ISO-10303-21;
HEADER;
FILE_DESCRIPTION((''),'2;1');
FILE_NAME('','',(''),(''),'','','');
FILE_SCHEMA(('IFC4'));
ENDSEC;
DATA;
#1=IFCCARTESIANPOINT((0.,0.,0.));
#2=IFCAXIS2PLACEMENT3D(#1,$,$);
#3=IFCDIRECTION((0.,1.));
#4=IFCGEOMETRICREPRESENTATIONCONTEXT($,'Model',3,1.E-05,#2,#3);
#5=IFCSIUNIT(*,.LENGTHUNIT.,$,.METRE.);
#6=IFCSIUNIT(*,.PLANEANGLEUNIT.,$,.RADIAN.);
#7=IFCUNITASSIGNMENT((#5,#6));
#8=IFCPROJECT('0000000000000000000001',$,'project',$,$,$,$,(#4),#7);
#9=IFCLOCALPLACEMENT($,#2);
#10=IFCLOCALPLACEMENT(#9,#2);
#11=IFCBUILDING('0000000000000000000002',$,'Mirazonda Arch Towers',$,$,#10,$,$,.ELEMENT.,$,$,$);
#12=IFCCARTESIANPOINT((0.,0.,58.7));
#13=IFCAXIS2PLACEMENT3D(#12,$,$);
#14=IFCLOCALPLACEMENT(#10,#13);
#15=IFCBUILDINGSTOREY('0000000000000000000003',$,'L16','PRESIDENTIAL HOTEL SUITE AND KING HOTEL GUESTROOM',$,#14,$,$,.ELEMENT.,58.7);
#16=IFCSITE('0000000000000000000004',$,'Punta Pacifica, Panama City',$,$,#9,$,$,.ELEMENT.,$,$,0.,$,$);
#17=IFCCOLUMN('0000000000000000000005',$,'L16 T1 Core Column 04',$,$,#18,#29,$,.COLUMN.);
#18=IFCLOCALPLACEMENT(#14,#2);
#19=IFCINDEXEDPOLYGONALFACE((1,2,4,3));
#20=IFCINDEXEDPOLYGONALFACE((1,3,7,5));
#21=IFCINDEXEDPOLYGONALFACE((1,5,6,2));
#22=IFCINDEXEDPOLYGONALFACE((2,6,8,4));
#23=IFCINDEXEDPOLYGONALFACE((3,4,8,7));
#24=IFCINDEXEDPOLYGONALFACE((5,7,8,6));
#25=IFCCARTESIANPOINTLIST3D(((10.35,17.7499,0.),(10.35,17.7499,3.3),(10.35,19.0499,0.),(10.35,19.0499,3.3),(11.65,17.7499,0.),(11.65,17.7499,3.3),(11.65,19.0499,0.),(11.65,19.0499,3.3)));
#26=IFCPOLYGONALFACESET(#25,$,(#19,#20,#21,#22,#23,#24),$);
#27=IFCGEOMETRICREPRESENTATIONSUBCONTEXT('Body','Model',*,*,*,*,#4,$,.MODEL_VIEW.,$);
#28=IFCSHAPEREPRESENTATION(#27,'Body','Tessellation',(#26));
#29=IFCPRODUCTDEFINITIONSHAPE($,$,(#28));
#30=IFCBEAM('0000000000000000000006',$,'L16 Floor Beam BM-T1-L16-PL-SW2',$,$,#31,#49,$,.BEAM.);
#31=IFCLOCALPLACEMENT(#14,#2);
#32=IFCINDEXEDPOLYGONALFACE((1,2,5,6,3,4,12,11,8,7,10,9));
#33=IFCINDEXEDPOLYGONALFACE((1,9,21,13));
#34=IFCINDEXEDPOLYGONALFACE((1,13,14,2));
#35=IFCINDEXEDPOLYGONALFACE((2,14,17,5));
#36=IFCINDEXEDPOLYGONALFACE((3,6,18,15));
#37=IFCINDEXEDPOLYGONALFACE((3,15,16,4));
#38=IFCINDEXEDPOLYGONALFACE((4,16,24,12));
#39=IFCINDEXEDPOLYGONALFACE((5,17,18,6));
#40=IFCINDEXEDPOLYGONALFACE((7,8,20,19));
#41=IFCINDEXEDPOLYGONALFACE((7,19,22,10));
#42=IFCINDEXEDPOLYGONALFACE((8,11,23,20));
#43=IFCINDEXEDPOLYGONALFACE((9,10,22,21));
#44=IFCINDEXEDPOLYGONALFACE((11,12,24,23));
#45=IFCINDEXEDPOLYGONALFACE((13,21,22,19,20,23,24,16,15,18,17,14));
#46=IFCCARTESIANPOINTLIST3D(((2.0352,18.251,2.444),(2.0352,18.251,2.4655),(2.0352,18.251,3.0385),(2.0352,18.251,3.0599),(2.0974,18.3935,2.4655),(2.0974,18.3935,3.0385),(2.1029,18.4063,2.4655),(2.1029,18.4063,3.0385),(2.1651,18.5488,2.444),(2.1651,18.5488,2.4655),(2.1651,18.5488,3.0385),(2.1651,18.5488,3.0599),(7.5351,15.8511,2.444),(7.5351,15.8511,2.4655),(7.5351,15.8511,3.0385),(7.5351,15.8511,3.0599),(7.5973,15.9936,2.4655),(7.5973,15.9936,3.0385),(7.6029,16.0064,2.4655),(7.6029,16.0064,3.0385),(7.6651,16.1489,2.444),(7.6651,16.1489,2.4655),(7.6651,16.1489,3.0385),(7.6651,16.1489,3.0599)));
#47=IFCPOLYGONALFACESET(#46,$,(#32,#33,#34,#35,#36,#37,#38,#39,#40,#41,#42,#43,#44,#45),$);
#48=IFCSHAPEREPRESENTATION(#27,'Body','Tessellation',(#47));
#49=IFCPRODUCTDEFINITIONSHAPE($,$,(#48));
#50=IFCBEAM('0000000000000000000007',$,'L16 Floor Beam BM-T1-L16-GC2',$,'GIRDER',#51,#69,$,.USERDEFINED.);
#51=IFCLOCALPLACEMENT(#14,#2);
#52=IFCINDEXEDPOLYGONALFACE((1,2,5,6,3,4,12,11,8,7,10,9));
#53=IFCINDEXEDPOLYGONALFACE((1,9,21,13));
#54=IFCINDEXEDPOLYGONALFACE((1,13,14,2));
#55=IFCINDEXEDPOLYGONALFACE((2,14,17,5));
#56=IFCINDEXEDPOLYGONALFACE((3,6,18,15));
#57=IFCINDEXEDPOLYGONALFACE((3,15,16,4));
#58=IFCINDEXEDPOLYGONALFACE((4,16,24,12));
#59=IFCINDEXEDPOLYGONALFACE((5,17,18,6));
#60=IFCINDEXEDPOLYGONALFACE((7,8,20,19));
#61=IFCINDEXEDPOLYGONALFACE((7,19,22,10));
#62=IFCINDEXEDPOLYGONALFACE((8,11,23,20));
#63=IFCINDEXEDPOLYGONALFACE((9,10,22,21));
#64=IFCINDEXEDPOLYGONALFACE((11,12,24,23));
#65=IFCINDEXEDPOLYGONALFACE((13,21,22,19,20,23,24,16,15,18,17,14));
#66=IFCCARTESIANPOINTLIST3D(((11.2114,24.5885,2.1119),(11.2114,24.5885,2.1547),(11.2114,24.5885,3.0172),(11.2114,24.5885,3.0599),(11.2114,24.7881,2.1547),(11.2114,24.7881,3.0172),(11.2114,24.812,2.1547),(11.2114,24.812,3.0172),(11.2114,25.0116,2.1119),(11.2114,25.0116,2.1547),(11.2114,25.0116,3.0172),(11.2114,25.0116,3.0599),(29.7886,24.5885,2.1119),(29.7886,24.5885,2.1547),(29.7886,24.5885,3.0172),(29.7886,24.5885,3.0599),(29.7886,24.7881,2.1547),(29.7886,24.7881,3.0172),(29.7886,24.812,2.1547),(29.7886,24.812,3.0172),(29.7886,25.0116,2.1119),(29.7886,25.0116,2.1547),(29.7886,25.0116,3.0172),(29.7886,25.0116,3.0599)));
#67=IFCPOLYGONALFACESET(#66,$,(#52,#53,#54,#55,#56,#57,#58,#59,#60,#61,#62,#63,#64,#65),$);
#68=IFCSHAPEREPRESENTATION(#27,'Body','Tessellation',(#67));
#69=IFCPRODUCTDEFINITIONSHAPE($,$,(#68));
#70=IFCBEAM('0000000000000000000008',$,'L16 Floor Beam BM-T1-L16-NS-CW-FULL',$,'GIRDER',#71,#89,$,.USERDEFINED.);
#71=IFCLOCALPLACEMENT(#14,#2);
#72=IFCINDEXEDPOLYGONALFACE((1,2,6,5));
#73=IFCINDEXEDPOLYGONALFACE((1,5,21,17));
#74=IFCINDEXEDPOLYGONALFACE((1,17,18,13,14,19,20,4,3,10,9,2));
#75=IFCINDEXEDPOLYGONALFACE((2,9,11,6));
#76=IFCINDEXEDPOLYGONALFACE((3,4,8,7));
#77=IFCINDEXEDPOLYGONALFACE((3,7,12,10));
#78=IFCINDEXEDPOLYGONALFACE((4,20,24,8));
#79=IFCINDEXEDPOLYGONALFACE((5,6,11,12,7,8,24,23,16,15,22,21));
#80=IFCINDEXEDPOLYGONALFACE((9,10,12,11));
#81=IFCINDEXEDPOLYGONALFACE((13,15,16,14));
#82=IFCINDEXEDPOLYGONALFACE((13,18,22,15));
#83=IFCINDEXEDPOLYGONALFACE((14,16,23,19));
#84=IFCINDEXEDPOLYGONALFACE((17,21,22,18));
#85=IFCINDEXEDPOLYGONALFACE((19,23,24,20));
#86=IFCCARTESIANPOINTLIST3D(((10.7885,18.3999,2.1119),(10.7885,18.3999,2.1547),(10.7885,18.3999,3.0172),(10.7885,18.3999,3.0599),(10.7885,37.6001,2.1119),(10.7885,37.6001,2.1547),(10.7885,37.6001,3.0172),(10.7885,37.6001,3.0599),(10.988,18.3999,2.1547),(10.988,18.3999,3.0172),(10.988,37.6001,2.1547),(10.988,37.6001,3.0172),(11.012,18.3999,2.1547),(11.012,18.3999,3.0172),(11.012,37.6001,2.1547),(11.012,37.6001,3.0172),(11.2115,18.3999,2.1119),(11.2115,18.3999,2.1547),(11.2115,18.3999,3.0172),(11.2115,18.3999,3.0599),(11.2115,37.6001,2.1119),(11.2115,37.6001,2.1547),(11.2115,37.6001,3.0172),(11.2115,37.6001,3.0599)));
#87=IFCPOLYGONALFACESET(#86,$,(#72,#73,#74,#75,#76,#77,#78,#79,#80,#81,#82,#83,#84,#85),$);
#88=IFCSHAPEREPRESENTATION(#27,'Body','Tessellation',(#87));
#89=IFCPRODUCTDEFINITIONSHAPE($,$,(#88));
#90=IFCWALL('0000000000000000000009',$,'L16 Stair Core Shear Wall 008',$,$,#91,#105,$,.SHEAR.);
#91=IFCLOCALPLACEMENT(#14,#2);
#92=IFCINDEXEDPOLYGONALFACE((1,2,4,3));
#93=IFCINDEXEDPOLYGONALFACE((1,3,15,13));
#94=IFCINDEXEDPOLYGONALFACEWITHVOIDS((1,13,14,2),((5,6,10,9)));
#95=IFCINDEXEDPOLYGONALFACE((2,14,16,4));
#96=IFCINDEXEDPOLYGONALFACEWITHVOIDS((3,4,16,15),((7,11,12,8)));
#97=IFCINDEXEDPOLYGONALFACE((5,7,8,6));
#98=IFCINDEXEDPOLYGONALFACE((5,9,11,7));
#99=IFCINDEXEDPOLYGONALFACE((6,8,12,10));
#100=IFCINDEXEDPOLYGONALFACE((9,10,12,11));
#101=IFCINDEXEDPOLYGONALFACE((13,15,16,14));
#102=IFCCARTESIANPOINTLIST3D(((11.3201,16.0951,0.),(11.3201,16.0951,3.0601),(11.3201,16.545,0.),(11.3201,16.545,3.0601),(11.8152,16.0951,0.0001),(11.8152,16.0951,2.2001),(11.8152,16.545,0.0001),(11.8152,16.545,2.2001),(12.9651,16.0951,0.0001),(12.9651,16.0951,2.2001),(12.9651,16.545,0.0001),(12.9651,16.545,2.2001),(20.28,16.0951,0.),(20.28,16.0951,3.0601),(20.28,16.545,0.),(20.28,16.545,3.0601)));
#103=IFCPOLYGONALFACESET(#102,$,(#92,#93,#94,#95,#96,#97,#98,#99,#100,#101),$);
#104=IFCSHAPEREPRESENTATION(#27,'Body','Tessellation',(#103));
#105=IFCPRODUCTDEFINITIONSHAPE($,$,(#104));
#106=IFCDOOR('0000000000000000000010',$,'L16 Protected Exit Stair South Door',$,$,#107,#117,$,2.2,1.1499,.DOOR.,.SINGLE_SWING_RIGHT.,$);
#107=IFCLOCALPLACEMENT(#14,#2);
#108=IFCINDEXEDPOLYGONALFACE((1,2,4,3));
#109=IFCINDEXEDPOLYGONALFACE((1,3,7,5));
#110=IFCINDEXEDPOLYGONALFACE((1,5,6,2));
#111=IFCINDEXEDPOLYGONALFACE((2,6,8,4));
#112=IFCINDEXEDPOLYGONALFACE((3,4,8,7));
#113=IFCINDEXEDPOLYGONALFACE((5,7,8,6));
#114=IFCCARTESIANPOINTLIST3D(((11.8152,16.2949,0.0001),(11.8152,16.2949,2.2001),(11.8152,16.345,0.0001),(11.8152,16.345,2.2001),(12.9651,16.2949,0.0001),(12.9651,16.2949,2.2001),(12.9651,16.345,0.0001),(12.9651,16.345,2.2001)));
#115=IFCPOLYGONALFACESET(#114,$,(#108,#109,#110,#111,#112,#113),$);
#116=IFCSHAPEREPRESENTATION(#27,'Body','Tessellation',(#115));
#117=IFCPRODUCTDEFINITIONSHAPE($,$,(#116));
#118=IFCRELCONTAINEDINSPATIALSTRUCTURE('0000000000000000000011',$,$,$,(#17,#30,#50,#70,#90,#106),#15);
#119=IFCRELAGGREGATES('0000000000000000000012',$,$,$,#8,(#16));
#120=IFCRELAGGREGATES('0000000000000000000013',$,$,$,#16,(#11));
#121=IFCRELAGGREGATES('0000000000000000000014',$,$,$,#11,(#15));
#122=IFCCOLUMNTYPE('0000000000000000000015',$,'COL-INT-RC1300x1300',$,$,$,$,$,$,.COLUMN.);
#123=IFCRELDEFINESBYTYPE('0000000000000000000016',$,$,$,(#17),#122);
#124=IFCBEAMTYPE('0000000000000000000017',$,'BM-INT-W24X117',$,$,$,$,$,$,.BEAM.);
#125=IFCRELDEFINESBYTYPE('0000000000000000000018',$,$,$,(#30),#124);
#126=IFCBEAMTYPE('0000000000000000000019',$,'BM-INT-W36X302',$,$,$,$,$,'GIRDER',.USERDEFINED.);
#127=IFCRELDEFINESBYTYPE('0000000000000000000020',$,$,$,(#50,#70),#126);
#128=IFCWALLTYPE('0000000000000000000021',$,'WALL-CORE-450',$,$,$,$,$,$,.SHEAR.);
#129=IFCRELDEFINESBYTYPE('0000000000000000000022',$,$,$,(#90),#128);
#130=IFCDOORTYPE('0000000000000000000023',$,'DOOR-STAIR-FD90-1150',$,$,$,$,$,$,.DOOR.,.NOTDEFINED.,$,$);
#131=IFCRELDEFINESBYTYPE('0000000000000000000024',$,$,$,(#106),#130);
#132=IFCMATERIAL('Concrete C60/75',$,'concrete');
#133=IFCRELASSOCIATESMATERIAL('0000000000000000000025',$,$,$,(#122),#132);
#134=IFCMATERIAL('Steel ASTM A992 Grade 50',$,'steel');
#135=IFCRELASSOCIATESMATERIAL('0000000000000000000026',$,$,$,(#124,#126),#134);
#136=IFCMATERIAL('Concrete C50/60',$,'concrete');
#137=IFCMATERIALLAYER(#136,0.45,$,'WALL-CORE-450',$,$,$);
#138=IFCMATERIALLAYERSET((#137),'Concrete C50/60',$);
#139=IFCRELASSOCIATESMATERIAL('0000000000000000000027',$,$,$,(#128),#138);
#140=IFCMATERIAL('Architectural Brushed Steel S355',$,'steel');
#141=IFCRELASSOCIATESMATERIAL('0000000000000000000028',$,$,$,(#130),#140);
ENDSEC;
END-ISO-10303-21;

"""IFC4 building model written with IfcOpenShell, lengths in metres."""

from ifc_helpers import new_model, si_unit, direction, frame, frame_2d, origin, origin_2d, place, context, subcontext, project, spatial, rectangle, i_section, extrude, material, layer, layer_set, material_profile, profile_set, type_object, element, fill, save


model = new_model("IFC4")

# Units and contexts
model_context = context("Model", 3, precision=1e-05, world=origin(), true_north=direction((0.0, 1.0)))
body_context = subcontext(model_context, "Body", "Model", "MODEL_VIEW")
ifc_project = project(units=[si_unit("LENGTHUNIT", "METRE"), si_unit("PLANEANGLEUNIT", "RADIAN")], contexts=[model_context])

# Site, building, storey
site_placement = place(None, origin())
site = spatial("IfcSite", under=ifc_project, at=site_placement, Name="Punta Pacifica, Panama City", CompositionType="ELEMENT", RefElevation=0.0)
building_placement = place(site_placement, origin())
building = spatial("IfcBuilding", under=site, at=building_placement, Name="Mirazonda Arch Towers", CompositionType="ELEMENT")
storey_placement = place(building_placement, frame((0.0, 0.0, 58.7)))
storey = spatial("IfcBuildingStorey", under=building, at=storey_placement, Name="L16", Description="PRESIDENTIAL HOTEL SUITE AND KING HOTEL GUESTROOM", CompositionType="ELEMENT", Elevation=58.7)

# Column
ifc_material_1 = material(Name="Concrete C60/75", Category="concrete")
ifc_material_profile_1 = material_profile(ifc_material_1, rectangle(XDim=1.3, YDim=1.3, at=origin_2d()), Name="RC1300x1300")
ifc_profile_set_1 = profile_set([ifc_material_profile_1], Name="Concrete C60/75")
column_type = type_object("IfcColumnType", Name="COL-INT-RC1300x1300", PredefinedType="COLUMN", material=ifc_profile_set_1)
column_placement = place(storey_placement, frame((11.0, 18.3999, 0.0), z_axis=(0.0, 0.0, 1.0), x_axis=(1.0, 0.0, 0.0)))
element("IfcColumn", 1, at=column_placement, inside=storey, type_object=column_type, Name="L16 T1 Core Column 04", PredefinedType="COLUMN", context=body_context, shape_type="SweptSolid", body=[
    extrude(rectangle(XDim=1.3, YDim=1.3, at=origin_2d()), origin(), (0.0, 0.0, 1.0), 3.3),
])

# Beams
ifc_material_2 = material(Name="Steel ASTM A992 Grade 50", Category="steel")
ifc_material_profile_2 = material_profile(ifc_material_2, i_section(OverallWidth=0.325, OverallDepth=0.616, WebThickness=0.0139, FlangeThickness=0.0215, at=origin_2d()), Name="W24X117")
ifc_profile_set_2 = profile_set([ifc_material_profile_2], Name="Steel ASTM A992 Grade 50")
beam_type_1 = type_object("IfcBeamType", Name="BM-INT-W24X117", PredefinedType="BEAM", material=ifc_profile_set_2)
beam_1_placement = place(storey_placement, frame((7.6001, 16.0, 2.752), z_axis=(-0.916545, 0.399931, 0.0), x_axis=(-0.399931, -0.916545, 0.0)))
element("IfcBeam", 2, at=beam_1_placement, inside=storey, type_object=beam_type_1, Name="L16 Floor Beam BM-T1-L16-PL-SW2", PredefinedType="BEAM", context=body_context, shape_type="SweptSolid", body=[
    extrude(i_section(OverallWidth=0.325, OverallDepth=0.616, WebThickness=0.0139, FlangeThickness=0.0215, at=origin_2d()), origin(), (0.0, 0.0, 1.0), 6.0007),
])
ifc_material_profile_3 = material_profile(ifc_material_2, i_section(OverallWidth=0.4231, OverallDepth=0.948, WebThickness=0.0239, FlangeThickness=0.0427, at=origin_2d()), Name="W36X302")
ifc_profile_set_3 = profile_set([ifc_material_profile_3], Name="Steel ASTM A992 Grade 50")
beam_type_2 = type_object("IfcBeamType", Name="BM-INT-W36X302", ElementType="GIRDER", PredefinedType="USERDEFINED", material=ifc_profile_set_3)
beam_2_placement = place(storey_placement, frame((11.2114, 24.8, 2.5859), z_axis=(1.0, 0.0, 0.0), x_axis=(0.0, 1.0, 0.0)))
element("IfcBeam", 3, at=beam_2_placement, inside=storey, type_object=beam_type_2, Name="L16 Floor Beam BM-T1-L16-GC2", ObjectType="GIRDER", PredefinedType="USERDEFINED", context=body_context, shape_type="SweptSolid", body=[
    extrude(i_section(OverallWidth=0.4231, OverallDepth=0.948, WebThickness=0.0239, FlangeThickness=0.0427, at=origin_2d()), origin(), (0.0, 0.0, 1.0), 18.5771),
])
beam_3_placement = place(storey_placement, frame((11.0, 18.3999, 2.5859), z_axis=(0.0, 1.0, 0.0), x_axis=(-1.0, 0.0, 0.0)))
element("IfcBeam", 4, at=beam_3_placement, inside=storey, type_object=beam_type_2, Name="L16 Floor Beam BM-T1-L16-NS-CW-FULL", ObjectType="GIRDER", PredefinedType="USERDEFINED", context=body_context, shape_type="SweptSolid", body=[
    extrude(i_section(OverallWidth=0.4231, OverallDepth=0.948, WebThickness=0.0239, FlangeThickness=0.0427, at=origin_2d()), origin(), (0.0, 0.0, 1.0), 19.2002),
])

# Wall, opening, door
ifc_material_3 = material(Name="Concrete C50/60", Category="concrete")
ifc_layer_1 = layer(ifc_material_3, 0.45, Name="WALL-CORE-450")
ifc_layer_set_1 = layer_set([ifc_layer_1], Name="Concrete C50/60")
wall_type_1 = type_object("IfcWallType", Name="WALL-CORE-450", PredefinedType="SHEAR", material=ifc_layer_set_1)
wall_1_placement = place(storey_placement, frame((11.3201, 16.3201, 0.0), z_axis=(0.0, 0.0, 1.0), x_axis=(1.0, 0.0, 0.0)))
wall_1 = element("IfcWall", 5, at=wall_1_placement, inside=storey, type_object=wall_type_1, Name="L16 Stair Core Shear Wall 008", PredefinedType="SHEAR", context=body_context, shape_type="SweptSolid", body=[
    extrude(rectangle(XDim=8.96, YDim=0.45, at=frame_2d((4.48, 0.0))), origin(), (0.0, 0.0, 1.0), 3.0601),
])
opening_1_placement = place(wall_1_placement, frame((0.4951, 0.0, 0.0)))
opening_1 = element("IfcOpeningElement", 6, at=opening_1_placement, cuts=wall_1, PredefinedType="OPENING", context=body_context, shape_type="SweptSolid", body=[
    extrude(rectangle(XDim=1.1499, YDim=2.2, at=frame_2d((0.575, 1.1001))), frame((0.0, 0.2349, 0.0), z_axis=(0.0, -1.0, 0.0), x_axis=(1.0, 0.0, 0.0)), (0.0, 0.0, 1.0), 0.47),
])
ifc_material_4 = material(Name="Architectural Brushed Steel S355", Category="steel")
door_type_1 = type_object("IfcDoorType", Name="DOOR-STAIR-FD90-1150", OperationType="NOTDEFINED", PredefinedType="DOOR", material=ifc_material_4)
door_1_placement = place(opening_1_placement, origin())
door_1 = element("IfcDoor", 7, at=door_1_placement, inside=storey, type_object=door_type_1, Name="L16 Protected Exit Stair South Door", OperationType="SINGLE_SWING_RIGHT", OverallHeight=2.2, OverallWidth=1.1499, PredefinedType="DOOR", context=body_context, shape_type="SweptSolid", body=[
    extrude(rectangle(XDim=1.1499, YDim=2.2, at=frame_2d((0.575, 1.1001))), frame((0.0, 0.0249, 0.0), z_axis=(0.0, -1.0, 0.0), x_axis=(1.0, 0.0, 0.0)), (0.0, 0.0, 1.0), 0.05),
])
fill(opening_1, door_1)

save(model, "model.ifc")
